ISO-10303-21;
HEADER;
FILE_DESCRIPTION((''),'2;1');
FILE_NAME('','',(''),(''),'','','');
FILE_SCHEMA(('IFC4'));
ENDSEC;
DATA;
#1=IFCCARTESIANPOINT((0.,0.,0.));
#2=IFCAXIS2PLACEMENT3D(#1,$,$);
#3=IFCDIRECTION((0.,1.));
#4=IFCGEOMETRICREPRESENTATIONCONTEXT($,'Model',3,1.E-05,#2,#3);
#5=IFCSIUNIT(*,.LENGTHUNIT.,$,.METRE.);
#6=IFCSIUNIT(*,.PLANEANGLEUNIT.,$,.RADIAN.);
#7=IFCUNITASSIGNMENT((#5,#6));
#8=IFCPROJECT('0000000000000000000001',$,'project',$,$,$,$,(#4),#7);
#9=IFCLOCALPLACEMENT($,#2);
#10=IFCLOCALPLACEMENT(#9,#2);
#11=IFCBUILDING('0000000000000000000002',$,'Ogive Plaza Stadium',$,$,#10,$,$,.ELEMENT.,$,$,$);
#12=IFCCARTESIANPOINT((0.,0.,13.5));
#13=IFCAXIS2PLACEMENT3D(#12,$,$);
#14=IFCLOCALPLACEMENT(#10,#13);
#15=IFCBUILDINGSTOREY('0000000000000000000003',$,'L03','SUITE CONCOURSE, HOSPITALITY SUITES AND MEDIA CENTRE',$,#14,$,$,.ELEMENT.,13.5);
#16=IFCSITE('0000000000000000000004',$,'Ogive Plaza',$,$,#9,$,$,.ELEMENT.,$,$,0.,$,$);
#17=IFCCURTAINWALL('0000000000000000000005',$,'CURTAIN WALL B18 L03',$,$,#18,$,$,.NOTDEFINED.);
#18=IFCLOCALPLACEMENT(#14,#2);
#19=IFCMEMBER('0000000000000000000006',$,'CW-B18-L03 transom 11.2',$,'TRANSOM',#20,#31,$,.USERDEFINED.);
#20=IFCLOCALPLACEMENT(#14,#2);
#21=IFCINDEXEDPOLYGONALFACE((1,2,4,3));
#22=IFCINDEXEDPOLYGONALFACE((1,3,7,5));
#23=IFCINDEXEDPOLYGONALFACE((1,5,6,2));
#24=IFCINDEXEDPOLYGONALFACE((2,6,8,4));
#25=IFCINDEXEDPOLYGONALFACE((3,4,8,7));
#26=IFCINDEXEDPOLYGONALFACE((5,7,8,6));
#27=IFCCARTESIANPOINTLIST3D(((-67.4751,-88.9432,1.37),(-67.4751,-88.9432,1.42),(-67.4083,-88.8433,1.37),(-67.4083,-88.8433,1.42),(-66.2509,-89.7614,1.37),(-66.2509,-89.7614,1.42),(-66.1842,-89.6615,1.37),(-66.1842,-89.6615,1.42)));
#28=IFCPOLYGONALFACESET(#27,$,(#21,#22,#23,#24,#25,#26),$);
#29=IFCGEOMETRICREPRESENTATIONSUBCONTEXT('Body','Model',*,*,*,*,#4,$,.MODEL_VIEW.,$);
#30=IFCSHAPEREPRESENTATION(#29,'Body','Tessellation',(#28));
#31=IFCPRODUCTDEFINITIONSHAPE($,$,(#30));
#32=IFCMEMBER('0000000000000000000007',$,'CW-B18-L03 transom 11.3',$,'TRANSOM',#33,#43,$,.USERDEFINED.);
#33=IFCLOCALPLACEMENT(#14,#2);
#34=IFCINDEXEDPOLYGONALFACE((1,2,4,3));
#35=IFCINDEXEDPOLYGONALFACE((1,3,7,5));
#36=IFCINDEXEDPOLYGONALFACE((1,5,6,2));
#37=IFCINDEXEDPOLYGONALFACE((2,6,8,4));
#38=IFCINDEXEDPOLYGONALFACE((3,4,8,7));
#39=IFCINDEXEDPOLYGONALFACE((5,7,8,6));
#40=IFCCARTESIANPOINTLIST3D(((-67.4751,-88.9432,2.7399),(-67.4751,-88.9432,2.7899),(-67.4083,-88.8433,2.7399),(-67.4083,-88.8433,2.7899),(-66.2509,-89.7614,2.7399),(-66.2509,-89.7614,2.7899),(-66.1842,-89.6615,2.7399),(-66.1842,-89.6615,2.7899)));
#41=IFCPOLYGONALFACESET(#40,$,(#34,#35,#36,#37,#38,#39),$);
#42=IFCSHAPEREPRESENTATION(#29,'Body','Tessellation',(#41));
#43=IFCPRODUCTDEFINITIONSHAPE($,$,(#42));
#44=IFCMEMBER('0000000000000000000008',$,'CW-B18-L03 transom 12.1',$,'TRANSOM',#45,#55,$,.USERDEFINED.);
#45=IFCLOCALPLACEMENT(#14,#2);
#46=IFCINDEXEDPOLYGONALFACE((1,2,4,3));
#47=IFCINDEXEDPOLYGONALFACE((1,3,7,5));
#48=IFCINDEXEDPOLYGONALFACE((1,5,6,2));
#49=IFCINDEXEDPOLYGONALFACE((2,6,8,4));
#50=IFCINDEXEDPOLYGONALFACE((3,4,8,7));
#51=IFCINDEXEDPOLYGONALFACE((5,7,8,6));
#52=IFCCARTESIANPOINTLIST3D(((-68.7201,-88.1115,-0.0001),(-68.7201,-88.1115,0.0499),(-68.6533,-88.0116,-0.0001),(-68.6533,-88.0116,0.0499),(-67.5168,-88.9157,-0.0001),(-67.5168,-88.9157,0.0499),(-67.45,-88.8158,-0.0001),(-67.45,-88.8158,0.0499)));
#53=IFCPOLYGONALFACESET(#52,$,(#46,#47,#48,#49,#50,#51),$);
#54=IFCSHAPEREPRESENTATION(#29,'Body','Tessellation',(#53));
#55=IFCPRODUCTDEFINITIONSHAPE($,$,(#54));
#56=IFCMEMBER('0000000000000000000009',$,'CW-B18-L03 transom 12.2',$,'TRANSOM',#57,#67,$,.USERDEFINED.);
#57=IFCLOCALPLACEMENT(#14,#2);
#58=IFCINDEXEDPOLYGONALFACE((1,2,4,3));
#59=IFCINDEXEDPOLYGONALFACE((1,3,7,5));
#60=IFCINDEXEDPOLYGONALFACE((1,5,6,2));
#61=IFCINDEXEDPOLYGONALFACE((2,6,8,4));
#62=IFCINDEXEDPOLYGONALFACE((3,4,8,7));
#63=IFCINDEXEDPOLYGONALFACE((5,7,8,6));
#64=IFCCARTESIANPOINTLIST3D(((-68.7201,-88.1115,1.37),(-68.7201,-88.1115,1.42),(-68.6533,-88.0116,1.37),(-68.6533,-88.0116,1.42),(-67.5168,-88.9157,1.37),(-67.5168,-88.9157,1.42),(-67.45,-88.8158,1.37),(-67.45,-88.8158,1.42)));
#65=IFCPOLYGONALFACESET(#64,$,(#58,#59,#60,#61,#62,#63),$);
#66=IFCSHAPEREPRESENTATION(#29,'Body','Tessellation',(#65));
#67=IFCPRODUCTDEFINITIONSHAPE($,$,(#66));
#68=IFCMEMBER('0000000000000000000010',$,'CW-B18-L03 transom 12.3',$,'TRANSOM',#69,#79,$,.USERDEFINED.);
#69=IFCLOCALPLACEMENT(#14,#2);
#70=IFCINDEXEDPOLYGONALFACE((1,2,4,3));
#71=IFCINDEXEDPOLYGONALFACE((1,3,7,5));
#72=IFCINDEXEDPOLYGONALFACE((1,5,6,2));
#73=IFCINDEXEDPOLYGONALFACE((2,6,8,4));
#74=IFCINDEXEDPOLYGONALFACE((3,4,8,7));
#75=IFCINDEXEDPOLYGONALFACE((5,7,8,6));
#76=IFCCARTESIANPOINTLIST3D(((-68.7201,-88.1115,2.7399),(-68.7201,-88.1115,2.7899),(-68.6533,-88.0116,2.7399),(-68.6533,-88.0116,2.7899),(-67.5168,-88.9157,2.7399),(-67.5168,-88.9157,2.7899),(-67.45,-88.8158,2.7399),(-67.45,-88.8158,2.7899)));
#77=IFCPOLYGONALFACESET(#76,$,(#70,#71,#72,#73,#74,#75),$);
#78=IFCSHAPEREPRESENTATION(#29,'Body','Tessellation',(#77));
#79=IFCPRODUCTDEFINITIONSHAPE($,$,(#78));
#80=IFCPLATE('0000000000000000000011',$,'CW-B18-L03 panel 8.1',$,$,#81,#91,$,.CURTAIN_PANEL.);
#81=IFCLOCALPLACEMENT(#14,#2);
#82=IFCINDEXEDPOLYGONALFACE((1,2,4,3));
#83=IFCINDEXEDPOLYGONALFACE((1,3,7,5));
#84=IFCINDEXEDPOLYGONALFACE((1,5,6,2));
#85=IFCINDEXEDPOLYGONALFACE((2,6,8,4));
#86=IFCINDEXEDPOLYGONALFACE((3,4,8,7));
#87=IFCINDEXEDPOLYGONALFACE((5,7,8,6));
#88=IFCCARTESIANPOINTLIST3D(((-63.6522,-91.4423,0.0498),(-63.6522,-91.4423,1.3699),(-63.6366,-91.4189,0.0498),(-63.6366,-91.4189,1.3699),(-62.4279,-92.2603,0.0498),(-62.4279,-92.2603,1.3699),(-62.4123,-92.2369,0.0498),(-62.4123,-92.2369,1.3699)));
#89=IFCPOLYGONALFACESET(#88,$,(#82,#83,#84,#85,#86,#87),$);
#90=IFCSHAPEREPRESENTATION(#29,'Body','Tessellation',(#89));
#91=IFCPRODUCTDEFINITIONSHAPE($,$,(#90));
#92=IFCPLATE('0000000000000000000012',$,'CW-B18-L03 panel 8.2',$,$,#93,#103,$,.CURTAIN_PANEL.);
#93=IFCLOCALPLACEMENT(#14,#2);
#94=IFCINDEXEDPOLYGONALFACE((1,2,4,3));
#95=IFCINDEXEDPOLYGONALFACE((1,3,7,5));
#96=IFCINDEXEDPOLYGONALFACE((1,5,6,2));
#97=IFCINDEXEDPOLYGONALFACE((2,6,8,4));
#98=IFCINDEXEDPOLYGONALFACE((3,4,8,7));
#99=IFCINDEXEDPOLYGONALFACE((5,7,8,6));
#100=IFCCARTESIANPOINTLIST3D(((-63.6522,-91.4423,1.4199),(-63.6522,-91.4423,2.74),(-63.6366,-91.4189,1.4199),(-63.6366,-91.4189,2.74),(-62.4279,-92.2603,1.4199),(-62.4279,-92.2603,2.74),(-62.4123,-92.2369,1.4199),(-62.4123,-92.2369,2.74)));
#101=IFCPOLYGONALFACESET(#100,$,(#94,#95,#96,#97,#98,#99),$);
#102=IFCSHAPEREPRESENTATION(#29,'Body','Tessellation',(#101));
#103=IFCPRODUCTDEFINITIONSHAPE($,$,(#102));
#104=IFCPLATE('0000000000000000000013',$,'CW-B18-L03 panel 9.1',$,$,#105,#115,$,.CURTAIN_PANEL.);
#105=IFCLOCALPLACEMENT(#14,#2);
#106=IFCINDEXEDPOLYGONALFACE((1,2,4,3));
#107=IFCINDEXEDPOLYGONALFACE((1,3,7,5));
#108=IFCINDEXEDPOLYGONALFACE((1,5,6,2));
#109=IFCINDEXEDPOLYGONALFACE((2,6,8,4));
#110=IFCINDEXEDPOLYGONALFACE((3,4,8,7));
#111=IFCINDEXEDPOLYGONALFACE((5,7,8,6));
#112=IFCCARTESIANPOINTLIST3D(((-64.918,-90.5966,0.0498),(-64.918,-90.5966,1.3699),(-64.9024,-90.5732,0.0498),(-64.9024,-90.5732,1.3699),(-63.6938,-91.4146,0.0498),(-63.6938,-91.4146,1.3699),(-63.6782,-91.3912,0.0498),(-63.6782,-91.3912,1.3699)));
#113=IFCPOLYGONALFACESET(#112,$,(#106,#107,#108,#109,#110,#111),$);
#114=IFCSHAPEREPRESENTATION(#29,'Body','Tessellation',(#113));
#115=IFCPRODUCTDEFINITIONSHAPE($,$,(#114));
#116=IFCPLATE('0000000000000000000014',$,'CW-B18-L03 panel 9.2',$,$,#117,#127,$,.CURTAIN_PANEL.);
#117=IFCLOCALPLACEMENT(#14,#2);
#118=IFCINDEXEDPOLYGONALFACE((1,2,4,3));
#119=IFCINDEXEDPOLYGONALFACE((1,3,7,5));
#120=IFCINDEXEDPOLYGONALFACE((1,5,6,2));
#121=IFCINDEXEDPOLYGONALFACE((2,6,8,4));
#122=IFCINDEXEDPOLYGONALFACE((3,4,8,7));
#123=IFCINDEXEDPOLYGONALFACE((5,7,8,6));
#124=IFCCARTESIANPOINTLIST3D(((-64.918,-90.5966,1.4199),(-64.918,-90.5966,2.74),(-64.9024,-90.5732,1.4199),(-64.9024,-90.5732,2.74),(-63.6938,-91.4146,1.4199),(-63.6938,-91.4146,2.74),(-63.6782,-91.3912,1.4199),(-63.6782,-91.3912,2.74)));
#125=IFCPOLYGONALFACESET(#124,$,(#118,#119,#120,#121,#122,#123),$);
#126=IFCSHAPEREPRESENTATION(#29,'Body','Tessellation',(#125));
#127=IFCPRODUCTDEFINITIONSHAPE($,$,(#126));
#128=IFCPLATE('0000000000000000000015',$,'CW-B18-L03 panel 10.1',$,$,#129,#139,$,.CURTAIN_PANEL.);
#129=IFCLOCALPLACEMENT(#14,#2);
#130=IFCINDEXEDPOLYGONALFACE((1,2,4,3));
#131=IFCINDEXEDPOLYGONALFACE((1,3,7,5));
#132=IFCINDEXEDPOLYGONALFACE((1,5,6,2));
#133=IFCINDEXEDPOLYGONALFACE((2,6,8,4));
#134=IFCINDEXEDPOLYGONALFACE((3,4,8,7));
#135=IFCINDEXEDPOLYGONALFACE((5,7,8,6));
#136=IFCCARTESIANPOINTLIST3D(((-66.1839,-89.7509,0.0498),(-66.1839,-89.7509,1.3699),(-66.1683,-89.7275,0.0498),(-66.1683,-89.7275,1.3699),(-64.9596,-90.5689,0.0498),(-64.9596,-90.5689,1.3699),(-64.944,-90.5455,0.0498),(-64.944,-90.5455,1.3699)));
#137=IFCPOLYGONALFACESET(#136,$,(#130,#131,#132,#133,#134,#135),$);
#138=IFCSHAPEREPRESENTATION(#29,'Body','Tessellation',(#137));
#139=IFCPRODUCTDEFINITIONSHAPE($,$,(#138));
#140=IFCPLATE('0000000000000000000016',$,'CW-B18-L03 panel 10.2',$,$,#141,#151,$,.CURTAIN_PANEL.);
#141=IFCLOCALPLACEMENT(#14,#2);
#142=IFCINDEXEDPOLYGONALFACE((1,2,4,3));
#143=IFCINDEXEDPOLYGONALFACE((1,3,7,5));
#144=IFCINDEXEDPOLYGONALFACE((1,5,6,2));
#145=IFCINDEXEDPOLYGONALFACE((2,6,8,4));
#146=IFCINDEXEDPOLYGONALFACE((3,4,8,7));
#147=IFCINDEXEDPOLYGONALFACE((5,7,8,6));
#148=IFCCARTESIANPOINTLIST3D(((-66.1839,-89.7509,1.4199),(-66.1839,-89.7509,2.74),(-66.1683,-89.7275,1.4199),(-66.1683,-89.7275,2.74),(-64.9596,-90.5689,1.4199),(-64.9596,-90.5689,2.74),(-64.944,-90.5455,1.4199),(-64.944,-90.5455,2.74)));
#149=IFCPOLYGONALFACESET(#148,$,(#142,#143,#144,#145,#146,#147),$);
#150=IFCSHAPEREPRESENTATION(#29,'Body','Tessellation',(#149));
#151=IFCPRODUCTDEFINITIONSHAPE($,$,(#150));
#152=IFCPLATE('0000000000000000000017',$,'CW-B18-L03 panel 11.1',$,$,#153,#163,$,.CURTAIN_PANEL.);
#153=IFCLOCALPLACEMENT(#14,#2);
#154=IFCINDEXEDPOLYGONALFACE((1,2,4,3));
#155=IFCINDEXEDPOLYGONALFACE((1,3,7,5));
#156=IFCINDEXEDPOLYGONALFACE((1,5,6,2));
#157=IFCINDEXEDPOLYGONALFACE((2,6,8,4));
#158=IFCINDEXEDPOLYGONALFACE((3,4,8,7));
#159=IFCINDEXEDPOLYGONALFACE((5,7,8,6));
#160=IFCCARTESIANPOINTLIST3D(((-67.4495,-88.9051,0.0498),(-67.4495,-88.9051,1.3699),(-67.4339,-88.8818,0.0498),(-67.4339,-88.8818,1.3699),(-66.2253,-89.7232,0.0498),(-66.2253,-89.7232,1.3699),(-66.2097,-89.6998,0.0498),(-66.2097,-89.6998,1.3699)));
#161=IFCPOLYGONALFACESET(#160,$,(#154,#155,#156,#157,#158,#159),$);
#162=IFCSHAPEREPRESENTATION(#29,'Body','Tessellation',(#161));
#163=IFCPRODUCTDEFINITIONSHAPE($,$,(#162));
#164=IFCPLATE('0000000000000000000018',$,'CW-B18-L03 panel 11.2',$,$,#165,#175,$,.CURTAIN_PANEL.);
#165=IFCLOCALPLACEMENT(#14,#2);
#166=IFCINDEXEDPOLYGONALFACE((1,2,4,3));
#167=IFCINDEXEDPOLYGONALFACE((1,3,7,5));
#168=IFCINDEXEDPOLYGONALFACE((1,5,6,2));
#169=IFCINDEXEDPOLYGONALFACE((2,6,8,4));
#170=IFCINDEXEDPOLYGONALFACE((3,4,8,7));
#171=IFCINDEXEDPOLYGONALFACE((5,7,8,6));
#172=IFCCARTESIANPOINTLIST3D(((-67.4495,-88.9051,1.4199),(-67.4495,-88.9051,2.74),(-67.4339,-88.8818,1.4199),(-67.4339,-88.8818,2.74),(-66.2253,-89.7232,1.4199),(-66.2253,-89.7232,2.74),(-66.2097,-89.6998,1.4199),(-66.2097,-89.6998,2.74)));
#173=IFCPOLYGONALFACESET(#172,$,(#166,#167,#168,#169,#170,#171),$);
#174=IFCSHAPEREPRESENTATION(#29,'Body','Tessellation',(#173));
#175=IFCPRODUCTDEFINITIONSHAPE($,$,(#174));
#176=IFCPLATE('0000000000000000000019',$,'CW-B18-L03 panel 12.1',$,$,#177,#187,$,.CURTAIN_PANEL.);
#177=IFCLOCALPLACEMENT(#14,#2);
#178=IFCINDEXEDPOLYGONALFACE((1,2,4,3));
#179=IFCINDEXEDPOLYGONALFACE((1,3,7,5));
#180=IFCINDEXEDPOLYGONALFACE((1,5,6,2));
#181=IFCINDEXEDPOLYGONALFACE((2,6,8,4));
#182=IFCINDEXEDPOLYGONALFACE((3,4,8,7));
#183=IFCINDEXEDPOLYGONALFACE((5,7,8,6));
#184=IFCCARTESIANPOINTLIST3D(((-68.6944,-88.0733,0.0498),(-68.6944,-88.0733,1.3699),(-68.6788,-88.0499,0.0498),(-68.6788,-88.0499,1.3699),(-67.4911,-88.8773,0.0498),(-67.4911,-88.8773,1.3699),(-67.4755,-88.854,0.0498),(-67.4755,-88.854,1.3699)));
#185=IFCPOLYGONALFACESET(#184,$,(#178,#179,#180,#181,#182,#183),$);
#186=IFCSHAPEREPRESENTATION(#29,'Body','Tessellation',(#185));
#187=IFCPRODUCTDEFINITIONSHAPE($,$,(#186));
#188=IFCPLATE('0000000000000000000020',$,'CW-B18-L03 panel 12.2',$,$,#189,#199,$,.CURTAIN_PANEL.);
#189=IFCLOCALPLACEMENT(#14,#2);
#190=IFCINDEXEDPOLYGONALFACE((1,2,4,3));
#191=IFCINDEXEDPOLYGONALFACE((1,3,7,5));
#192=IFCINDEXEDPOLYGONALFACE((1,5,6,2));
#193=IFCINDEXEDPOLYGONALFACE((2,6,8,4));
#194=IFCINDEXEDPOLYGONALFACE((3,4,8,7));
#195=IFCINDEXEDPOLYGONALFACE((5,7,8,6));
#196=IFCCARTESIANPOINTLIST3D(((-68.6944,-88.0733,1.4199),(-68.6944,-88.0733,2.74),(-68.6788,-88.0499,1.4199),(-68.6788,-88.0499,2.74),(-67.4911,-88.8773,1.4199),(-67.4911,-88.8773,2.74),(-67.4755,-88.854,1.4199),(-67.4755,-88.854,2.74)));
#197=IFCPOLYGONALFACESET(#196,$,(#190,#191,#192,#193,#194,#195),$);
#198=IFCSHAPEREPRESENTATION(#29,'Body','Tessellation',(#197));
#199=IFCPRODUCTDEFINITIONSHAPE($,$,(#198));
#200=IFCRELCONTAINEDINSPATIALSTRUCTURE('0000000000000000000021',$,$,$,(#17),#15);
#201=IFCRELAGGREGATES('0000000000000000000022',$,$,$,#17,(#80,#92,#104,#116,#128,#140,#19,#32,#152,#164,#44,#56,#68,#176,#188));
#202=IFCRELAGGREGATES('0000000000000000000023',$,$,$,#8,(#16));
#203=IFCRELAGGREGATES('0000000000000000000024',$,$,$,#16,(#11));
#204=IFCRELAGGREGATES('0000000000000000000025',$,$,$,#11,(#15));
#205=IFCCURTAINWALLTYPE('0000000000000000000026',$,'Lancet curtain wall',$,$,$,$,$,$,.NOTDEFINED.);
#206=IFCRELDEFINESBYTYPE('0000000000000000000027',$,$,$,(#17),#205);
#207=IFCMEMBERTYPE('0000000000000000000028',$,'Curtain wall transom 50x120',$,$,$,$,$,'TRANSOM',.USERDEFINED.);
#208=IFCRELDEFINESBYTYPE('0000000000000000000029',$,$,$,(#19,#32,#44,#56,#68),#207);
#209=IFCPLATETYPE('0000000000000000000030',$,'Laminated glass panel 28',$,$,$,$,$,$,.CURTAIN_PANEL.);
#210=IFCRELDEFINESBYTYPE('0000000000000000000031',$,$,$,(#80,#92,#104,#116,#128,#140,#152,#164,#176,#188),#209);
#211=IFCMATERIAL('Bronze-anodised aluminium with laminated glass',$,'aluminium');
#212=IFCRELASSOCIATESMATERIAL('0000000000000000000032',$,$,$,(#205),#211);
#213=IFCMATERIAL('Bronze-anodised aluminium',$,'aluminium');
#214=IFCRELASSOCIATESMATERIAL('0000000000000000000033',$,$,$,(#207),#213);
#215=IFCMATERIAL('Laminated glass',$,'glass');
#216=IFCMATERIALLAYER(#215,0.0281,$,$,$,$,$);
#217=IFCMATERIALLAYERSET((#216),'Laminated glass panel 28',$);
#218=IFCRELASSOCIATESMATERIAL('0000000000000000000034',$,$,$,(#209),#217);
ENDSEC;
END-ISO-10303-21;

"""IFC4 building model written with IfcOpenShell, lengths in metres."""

from ifc_helpers import new_model, si_unit, direction, frame, origin, origin_2d, place, context, subcontext, project, spatial, rectangle, extrude, material, layer, layer_set, material_profile, profile_set, type_object, element, aggregate, save


model = new_model("IFC4")

# Units and contexts
model_context = context("Model", 3, precision=1e-05, world=origin(), true_north=direction((0.0, 1.0)))
body_context = subcontext(model_context, "Body", "Model", "MODEL_VIEW")
ifc_project = project(units=[si_unit("LENGTHUNIT", "METRE"), si_unit("PLANEANGLEUNIT", "RADIAN")], contexts=[model_context])

# Site, building, storey
site_placement = place(None, origin())
site = spatial("IfcSite", under=ifc_project, at=site_placement, Name="Ogive Plaza", CompositionType="ELEMENT", RefElevation=0.0)
building_placement = place(site_placement, origin())
building = spatial("IfcBuilding", under=site, at=building_placement, Name="Ogive Plaza Stadium", CompositionType="ELEMENT")
storey_placement = place(building_placement, frame((0.0, 0.0, 13.5)))
storey = spatial("IfcBuildingStorey", under=building, at=storey_placement, Name="L03", Description="SUITE CONCOURSE, HOSPITALITY SUITES AND MEDIA CENTRE", CompositionType="ELEMENT", Elevation=13.5)

# Curtain wall, members, plates
ifc_material_1 = material(Name="Bronze-anodised aluminium with laminated glass", Category="aluminium")
curtain_wall_type = type_object("IfcCurtainWallType", Name="Lancet curtain wall", PredefinedType="NOTDEFINED", material=ifc_material_1)
curtain_wall_placement = place(storey_placement, origin())
curtain_wall = element("IfcCurtainWall", 1, at=curtain_wall_placement, inside=storey, type_object=curtain_wall_type, Name="CURTAIN WALL B18 L03", PredefinedType="NOTDEFINED")
ifc_material_2 = material(Name="Bronze-anodised aluminium", Category="aluminium")
ifc_material_profile_1 = material_profile(ifc_material_2, rectangle(XDim=0.1201, YDim=0.05, at=origin_2d()), Name="AL 120x50")
ifc_profile_set_1 = profile_set([ifc_material_profile_1], Name="Bronze-anodised aluminium")
member_type_1 = type_object("IfcMemberType", Name="Curtain wall transom 50x120", ElementType="TRANSOM", PredefinedType="USERDEFINED", material=ifc_profile_set_1)
member_1_placement = place(storey_placement, frame((-66.2175, -89.7114, 1.395), z_axis=(-0.831412, 0.555656, 0.0), x_axis=(-0.555656, -0.831412, 0.0)))
member_1 = element("IfcMember", 2, at=member_1_placement, type_object=member_type_1, Name="CW-B18-L03 transom 11.2", ObjectType="TRANSOM", PredefinedType="USERDEFINED", context=body_context, shape_type="SweptSolid", body=[
    extrude(rectangle(XDim=0.1201, YDim=0.05, at=origin_2d()), origin(), (0.0, 0.0, 1.0), 1.4724),
])
member_2_placement = place(storey_placement, frame((-66.2175, -89.7114, 2.7649), z_axis=(-0.831412, 0.555656, 0.0), x_axis=(-0.555656, -0.831412, 0.0)))
member_2 = element("IfcMember", 3, at=member_2_placement, type_object=member_type_1, Name="CW-B18-L03 transom 11.3", ObjectType="TRANSOM", PredefinedType="USERDEFINED", context=body_context, shape_type="SweptSolid", body=[
    extrude(rectangle(XDim=0.1201, YDim=0.05, at=origin_2d()), origin(), (0.0, 0.0, 1.0), 1.4724),
])
member_3_placement = place(storey_placement, frame((-67.4834, -88.8657, 0.0249), z_axis=(-0.831427, 0.555634, 0.0), x_axis=(-0.555634, -0.831427, 0.0)))
member_3 = element("IfcMember", 4, at=member_3_placement, type_object=member_type_1, Name="CW-B18-L03 transom 12.1", ObjectType="TRANSOM", PredefinedType="USERDEFINED", context=body_context, shape_type="SweptSolid", body=[
    extrude(rectangle(XDim=0.1201, YDim=0.05, at=origin_2d()), origin(), (0.0, 0.0, 1.0), 1.4473),
])
member_4_placement = place(storey_placement, frame((-67.4834, -88.8657, 1.395), z_axis=(-0.831427, 0.555634, 0.0), x_axis=(-0.555634, -0.831427, 0.0)))
member_4 = element("IfcMember", 5, at=member_4_placement, type_object=member_type_1, Name="CW-B18-L03 transom 12.2", ObjectType="TRANSOM", PredefinedType="USERDEFINED", context=body_context, shape_type="SweptSolid", body=[
    extrude(rectangle(XDim=0.1201, YDim=0.05, at=origin_2d()), origin(), (0.0, 0.0, 1.0), 1.4473),
])
member_5_placement = place(storey_placement, frame((-67.4834, -88.8657, 2.7649), z_axis=(-0.831427, 0.555634, 0.0), x_axis=(-0.555634, -0.831427, 0.0)))
member_5 = element("IfcMember", 6, at=member_5_placement, type_object=member_type_1, Name="CW-B18-L03 transom 12.3", ObjectType="TRANSOM", PredefinedType="USERDEFINED", context=body_context, shape_type="SweptSolid", body=[
    extrude(rectangle(XDim=0.1201, YDim=0.05, at=origin_2d()), origin(), (0.0, 0.0, 1.0), 1.4473),
])
ifc_material_3 = material(Name="Laminated glass", Category="glass")
ifc_layer_1 = layer(ifc_material_3, 0.0281)
ifc_layer_set_1 = layer_set([ifc_layer_1], Name="Laminated glass panel 28")
plate_type = type_object("IfcPlateType", Name="Laminated glass panel 28", PredefinedType="CURTAIN_PANEL", material=ifc_layer_set_1)
plate_1_placement = place(storey_placement, frame((-63.0322, -91.8396, 0.0498), z_axis=(0.0, 0.0, 1.0), x_axis=(-0.83147, 0.55557, 0.0)))
plate_1 = element("IfcPlate", 7, at=plate_1_placement, type_object=plate_type, Name="CW-B18-L03 panel 8.1", PredefinedType="CURTAIN_PANEL", context=body_context, shape_type="SweptSolid", body=[
    extrude(rectangle(XDim=1.4724, YDim=0.0281, at=origin_2d()), origin(), (0.0, 0.0, 1.0), 1.3201),
])
plate_2_placement = place(storey_placement, frame((-63.0322, -91.8396, 1.4199), z_axis=(0.0, 0.0, 1.0), x_axis=(-0.83147, 0.55557, 0.0)))
plate_2 = element("IfcPlate", 8, at=plate_2_placement, type_object=plate_type, Name="CW-B18-L03 panel 8.2", PredefinedType="CURTAIN_PANEL", context=body_context, shape_type="SweptSolid", body=[
    extrude(rectangle(XDim=1.4724, YDim=0.0281, at=origin_2d()), origin(), (0.0, 0.0, 1.0), 1.3201),
])
plate_3_placement = place(storey_placement, frame((-64.2981, -90.9939, 0.0498), z_axis=(0.0, 0.0, 1.0), x_axis=(-0.83147, 0.55557, 0.0)))
plate_3 = element("IfcPlate", 9, at=plate_3_placement, type_object=plate_type, Name="CW-B18-L03 panel 9.1", PredefinedType="CURTAIN_PANEL", context=body_context, shape_type="SweptSolid", body=[
    extrude(rectangle(XDim=1.4724, YDim=0.0281, at=origin_2d()), origin(), (0.0, 0.0, 1.0), 1.3201),
])
plate_4_placement = place(storey_placement, frame((-64.2981, -90.9939, 1.4199), z_axis=(0.0, 0.0, 1.0), x_axis=(-0.83147, 0.55557, 0.0)))
plate_4 = element("IfcPlate", 10, at=plate_4_placement, type_object=plate_type, Name="CW-B18-L03 panel 9.2", PredefinedType="CURTAIN_PANEL", context=body_context, shape_type="SweptSolid", body=[
    extrude(rectangle(XDim=1.4724, YDim=0.0281, at=origin_2d()), origin(), (0.0, 0.0, 1.0), 1.3201),
])
plate_5_placement = place(storey_placement, frame((-65.564, -90.1482, 0.0498), z_axis=(0.0, 0.0, 1.0), x_axis=(-0.83147, 0.55557, 0.0)))
plate_5 = element("IfcPlate", 11, at=plate_5_placement, type_object=plate_type, Name="CW-B18-L03 panel 10.1", PredefinedType="CURTAIN_PANEL", context=body_context, shape_type="SweptSolid", body=[
    extrude(rectangle(XDim=1.4724, YDim=0.0281, at=origin_2d()), origin(), (0.0, 0.0, 1.0), 1.3201),
])
plate_6_placement = place(storey_placement, frame((-65.564, -90.1482, 1.4199), z_axis=(0.0, 0.0, 1.0), x_axis=(-0.83147, 0.55557, 0.0)))
plate_6 = element("IfcPlate", 12, at=plate_6_placement, type_object=plate_type, Name="CW-B18-L03 panel 10.2", PredefinedType="CURTAIN_PANEL", context=body_context, shape_type="SweptSolid", body=[
    extrude(rectangle(XDim=1.4724, YDim=0.0281, at=origin_2d()), origin(), (0.0, 0.0, 1.0), 1.3201),
])
plate_7_placement = place(storey_placement, frame((-66.8296, -89.3025, 0.0498), z_axis=(0.0, 0.0, 1.0), x_axis=(-0.83147, 0.55557, 0.0)))
plate_7 = element("IfcPlate", 13, at=plate_7_placement, type_object=plate_type, Name="CW-B18-L03 panel 11.1", PredefinedType="CURTAIN_PANEL", context=body_context, shape_type="SweptSolid", body=[
    extrude(rectangle(XDim=1.4724, YDim=0.0281, at=origin_2d()), origin(), (0.0, 0.0, 1.0), 1.3201),
])
plate_8_placement = place(storey_placement, frame((-66.8296, -89.3025, 1.4199), z_axis=(0.0, 0.0, 1.0), x_axis=(-0.83147, 0.55557, 0.0)))
plate_8 = element("IfcPlate", 14, at=plate_8_placement, type_object=plate_type, Name="CW-B18-L03 panel 11.2", PredefinedType="CURTAIN_PANEL", context=body_context, shape_type="SweptSolid", body=[
    extrude(rectangle(XDim=1.4724, YDim=0.0281, at=origin_2d()), origin(), (0.0, 0.0, 1.0), 1.3201),
])
plate_9_placement = place(storey_placement, frame((-68.085, -88.4636, 0.0498), z_axis=(0.0, 0.0, 1.0), x_axis=(-0.83147, 0.55557, 0.0)))
plate_9 = element("IfcPlate", 15, at=plate_9_placement, type_object=plate_type, Name="CW-B18-L03 panel 12.1", PredefinedType="CURTAIN_PANEL", context=body_context, shape_type="SweptSolid", body=[
    extrude(rectangle(XDim=1.4473, YDim=0.0281, at=origin_2d()), origin(), (0.0, 0.0, 1.0), 1.3201),
])
plate_10_placement = place(storey_placement, frame((-68.085, -88.4636, 1.4199), z_axis=(0.0, 0.0, 1.0), x_axis=(-0.83147, 0.55557, 0.0)))
plate_10 = element("IfcPlate", 16, at=plate_10_placement, type_object=plate_type, Name="CW-B18-L03 panel 12.2", PredefinedType="CURTAIN_PANEL", context=body_context, shape_type="SweptSolid", body=[
    extrude(rectangle(XDim=1.4473, YDim=0.0281, at=origin_2d()), origin(), (0.0, 0.0, 1.0), 1.3201),
])
aggregate(curtain_wall, [plate_1, plate_2, plate_3, plate_4, plate_5, plate_6, member_1, member_2, plate_7, plate_8, member_3, member_4, member_5, plate_9, plate_10])

save(model, "model.ifc")
